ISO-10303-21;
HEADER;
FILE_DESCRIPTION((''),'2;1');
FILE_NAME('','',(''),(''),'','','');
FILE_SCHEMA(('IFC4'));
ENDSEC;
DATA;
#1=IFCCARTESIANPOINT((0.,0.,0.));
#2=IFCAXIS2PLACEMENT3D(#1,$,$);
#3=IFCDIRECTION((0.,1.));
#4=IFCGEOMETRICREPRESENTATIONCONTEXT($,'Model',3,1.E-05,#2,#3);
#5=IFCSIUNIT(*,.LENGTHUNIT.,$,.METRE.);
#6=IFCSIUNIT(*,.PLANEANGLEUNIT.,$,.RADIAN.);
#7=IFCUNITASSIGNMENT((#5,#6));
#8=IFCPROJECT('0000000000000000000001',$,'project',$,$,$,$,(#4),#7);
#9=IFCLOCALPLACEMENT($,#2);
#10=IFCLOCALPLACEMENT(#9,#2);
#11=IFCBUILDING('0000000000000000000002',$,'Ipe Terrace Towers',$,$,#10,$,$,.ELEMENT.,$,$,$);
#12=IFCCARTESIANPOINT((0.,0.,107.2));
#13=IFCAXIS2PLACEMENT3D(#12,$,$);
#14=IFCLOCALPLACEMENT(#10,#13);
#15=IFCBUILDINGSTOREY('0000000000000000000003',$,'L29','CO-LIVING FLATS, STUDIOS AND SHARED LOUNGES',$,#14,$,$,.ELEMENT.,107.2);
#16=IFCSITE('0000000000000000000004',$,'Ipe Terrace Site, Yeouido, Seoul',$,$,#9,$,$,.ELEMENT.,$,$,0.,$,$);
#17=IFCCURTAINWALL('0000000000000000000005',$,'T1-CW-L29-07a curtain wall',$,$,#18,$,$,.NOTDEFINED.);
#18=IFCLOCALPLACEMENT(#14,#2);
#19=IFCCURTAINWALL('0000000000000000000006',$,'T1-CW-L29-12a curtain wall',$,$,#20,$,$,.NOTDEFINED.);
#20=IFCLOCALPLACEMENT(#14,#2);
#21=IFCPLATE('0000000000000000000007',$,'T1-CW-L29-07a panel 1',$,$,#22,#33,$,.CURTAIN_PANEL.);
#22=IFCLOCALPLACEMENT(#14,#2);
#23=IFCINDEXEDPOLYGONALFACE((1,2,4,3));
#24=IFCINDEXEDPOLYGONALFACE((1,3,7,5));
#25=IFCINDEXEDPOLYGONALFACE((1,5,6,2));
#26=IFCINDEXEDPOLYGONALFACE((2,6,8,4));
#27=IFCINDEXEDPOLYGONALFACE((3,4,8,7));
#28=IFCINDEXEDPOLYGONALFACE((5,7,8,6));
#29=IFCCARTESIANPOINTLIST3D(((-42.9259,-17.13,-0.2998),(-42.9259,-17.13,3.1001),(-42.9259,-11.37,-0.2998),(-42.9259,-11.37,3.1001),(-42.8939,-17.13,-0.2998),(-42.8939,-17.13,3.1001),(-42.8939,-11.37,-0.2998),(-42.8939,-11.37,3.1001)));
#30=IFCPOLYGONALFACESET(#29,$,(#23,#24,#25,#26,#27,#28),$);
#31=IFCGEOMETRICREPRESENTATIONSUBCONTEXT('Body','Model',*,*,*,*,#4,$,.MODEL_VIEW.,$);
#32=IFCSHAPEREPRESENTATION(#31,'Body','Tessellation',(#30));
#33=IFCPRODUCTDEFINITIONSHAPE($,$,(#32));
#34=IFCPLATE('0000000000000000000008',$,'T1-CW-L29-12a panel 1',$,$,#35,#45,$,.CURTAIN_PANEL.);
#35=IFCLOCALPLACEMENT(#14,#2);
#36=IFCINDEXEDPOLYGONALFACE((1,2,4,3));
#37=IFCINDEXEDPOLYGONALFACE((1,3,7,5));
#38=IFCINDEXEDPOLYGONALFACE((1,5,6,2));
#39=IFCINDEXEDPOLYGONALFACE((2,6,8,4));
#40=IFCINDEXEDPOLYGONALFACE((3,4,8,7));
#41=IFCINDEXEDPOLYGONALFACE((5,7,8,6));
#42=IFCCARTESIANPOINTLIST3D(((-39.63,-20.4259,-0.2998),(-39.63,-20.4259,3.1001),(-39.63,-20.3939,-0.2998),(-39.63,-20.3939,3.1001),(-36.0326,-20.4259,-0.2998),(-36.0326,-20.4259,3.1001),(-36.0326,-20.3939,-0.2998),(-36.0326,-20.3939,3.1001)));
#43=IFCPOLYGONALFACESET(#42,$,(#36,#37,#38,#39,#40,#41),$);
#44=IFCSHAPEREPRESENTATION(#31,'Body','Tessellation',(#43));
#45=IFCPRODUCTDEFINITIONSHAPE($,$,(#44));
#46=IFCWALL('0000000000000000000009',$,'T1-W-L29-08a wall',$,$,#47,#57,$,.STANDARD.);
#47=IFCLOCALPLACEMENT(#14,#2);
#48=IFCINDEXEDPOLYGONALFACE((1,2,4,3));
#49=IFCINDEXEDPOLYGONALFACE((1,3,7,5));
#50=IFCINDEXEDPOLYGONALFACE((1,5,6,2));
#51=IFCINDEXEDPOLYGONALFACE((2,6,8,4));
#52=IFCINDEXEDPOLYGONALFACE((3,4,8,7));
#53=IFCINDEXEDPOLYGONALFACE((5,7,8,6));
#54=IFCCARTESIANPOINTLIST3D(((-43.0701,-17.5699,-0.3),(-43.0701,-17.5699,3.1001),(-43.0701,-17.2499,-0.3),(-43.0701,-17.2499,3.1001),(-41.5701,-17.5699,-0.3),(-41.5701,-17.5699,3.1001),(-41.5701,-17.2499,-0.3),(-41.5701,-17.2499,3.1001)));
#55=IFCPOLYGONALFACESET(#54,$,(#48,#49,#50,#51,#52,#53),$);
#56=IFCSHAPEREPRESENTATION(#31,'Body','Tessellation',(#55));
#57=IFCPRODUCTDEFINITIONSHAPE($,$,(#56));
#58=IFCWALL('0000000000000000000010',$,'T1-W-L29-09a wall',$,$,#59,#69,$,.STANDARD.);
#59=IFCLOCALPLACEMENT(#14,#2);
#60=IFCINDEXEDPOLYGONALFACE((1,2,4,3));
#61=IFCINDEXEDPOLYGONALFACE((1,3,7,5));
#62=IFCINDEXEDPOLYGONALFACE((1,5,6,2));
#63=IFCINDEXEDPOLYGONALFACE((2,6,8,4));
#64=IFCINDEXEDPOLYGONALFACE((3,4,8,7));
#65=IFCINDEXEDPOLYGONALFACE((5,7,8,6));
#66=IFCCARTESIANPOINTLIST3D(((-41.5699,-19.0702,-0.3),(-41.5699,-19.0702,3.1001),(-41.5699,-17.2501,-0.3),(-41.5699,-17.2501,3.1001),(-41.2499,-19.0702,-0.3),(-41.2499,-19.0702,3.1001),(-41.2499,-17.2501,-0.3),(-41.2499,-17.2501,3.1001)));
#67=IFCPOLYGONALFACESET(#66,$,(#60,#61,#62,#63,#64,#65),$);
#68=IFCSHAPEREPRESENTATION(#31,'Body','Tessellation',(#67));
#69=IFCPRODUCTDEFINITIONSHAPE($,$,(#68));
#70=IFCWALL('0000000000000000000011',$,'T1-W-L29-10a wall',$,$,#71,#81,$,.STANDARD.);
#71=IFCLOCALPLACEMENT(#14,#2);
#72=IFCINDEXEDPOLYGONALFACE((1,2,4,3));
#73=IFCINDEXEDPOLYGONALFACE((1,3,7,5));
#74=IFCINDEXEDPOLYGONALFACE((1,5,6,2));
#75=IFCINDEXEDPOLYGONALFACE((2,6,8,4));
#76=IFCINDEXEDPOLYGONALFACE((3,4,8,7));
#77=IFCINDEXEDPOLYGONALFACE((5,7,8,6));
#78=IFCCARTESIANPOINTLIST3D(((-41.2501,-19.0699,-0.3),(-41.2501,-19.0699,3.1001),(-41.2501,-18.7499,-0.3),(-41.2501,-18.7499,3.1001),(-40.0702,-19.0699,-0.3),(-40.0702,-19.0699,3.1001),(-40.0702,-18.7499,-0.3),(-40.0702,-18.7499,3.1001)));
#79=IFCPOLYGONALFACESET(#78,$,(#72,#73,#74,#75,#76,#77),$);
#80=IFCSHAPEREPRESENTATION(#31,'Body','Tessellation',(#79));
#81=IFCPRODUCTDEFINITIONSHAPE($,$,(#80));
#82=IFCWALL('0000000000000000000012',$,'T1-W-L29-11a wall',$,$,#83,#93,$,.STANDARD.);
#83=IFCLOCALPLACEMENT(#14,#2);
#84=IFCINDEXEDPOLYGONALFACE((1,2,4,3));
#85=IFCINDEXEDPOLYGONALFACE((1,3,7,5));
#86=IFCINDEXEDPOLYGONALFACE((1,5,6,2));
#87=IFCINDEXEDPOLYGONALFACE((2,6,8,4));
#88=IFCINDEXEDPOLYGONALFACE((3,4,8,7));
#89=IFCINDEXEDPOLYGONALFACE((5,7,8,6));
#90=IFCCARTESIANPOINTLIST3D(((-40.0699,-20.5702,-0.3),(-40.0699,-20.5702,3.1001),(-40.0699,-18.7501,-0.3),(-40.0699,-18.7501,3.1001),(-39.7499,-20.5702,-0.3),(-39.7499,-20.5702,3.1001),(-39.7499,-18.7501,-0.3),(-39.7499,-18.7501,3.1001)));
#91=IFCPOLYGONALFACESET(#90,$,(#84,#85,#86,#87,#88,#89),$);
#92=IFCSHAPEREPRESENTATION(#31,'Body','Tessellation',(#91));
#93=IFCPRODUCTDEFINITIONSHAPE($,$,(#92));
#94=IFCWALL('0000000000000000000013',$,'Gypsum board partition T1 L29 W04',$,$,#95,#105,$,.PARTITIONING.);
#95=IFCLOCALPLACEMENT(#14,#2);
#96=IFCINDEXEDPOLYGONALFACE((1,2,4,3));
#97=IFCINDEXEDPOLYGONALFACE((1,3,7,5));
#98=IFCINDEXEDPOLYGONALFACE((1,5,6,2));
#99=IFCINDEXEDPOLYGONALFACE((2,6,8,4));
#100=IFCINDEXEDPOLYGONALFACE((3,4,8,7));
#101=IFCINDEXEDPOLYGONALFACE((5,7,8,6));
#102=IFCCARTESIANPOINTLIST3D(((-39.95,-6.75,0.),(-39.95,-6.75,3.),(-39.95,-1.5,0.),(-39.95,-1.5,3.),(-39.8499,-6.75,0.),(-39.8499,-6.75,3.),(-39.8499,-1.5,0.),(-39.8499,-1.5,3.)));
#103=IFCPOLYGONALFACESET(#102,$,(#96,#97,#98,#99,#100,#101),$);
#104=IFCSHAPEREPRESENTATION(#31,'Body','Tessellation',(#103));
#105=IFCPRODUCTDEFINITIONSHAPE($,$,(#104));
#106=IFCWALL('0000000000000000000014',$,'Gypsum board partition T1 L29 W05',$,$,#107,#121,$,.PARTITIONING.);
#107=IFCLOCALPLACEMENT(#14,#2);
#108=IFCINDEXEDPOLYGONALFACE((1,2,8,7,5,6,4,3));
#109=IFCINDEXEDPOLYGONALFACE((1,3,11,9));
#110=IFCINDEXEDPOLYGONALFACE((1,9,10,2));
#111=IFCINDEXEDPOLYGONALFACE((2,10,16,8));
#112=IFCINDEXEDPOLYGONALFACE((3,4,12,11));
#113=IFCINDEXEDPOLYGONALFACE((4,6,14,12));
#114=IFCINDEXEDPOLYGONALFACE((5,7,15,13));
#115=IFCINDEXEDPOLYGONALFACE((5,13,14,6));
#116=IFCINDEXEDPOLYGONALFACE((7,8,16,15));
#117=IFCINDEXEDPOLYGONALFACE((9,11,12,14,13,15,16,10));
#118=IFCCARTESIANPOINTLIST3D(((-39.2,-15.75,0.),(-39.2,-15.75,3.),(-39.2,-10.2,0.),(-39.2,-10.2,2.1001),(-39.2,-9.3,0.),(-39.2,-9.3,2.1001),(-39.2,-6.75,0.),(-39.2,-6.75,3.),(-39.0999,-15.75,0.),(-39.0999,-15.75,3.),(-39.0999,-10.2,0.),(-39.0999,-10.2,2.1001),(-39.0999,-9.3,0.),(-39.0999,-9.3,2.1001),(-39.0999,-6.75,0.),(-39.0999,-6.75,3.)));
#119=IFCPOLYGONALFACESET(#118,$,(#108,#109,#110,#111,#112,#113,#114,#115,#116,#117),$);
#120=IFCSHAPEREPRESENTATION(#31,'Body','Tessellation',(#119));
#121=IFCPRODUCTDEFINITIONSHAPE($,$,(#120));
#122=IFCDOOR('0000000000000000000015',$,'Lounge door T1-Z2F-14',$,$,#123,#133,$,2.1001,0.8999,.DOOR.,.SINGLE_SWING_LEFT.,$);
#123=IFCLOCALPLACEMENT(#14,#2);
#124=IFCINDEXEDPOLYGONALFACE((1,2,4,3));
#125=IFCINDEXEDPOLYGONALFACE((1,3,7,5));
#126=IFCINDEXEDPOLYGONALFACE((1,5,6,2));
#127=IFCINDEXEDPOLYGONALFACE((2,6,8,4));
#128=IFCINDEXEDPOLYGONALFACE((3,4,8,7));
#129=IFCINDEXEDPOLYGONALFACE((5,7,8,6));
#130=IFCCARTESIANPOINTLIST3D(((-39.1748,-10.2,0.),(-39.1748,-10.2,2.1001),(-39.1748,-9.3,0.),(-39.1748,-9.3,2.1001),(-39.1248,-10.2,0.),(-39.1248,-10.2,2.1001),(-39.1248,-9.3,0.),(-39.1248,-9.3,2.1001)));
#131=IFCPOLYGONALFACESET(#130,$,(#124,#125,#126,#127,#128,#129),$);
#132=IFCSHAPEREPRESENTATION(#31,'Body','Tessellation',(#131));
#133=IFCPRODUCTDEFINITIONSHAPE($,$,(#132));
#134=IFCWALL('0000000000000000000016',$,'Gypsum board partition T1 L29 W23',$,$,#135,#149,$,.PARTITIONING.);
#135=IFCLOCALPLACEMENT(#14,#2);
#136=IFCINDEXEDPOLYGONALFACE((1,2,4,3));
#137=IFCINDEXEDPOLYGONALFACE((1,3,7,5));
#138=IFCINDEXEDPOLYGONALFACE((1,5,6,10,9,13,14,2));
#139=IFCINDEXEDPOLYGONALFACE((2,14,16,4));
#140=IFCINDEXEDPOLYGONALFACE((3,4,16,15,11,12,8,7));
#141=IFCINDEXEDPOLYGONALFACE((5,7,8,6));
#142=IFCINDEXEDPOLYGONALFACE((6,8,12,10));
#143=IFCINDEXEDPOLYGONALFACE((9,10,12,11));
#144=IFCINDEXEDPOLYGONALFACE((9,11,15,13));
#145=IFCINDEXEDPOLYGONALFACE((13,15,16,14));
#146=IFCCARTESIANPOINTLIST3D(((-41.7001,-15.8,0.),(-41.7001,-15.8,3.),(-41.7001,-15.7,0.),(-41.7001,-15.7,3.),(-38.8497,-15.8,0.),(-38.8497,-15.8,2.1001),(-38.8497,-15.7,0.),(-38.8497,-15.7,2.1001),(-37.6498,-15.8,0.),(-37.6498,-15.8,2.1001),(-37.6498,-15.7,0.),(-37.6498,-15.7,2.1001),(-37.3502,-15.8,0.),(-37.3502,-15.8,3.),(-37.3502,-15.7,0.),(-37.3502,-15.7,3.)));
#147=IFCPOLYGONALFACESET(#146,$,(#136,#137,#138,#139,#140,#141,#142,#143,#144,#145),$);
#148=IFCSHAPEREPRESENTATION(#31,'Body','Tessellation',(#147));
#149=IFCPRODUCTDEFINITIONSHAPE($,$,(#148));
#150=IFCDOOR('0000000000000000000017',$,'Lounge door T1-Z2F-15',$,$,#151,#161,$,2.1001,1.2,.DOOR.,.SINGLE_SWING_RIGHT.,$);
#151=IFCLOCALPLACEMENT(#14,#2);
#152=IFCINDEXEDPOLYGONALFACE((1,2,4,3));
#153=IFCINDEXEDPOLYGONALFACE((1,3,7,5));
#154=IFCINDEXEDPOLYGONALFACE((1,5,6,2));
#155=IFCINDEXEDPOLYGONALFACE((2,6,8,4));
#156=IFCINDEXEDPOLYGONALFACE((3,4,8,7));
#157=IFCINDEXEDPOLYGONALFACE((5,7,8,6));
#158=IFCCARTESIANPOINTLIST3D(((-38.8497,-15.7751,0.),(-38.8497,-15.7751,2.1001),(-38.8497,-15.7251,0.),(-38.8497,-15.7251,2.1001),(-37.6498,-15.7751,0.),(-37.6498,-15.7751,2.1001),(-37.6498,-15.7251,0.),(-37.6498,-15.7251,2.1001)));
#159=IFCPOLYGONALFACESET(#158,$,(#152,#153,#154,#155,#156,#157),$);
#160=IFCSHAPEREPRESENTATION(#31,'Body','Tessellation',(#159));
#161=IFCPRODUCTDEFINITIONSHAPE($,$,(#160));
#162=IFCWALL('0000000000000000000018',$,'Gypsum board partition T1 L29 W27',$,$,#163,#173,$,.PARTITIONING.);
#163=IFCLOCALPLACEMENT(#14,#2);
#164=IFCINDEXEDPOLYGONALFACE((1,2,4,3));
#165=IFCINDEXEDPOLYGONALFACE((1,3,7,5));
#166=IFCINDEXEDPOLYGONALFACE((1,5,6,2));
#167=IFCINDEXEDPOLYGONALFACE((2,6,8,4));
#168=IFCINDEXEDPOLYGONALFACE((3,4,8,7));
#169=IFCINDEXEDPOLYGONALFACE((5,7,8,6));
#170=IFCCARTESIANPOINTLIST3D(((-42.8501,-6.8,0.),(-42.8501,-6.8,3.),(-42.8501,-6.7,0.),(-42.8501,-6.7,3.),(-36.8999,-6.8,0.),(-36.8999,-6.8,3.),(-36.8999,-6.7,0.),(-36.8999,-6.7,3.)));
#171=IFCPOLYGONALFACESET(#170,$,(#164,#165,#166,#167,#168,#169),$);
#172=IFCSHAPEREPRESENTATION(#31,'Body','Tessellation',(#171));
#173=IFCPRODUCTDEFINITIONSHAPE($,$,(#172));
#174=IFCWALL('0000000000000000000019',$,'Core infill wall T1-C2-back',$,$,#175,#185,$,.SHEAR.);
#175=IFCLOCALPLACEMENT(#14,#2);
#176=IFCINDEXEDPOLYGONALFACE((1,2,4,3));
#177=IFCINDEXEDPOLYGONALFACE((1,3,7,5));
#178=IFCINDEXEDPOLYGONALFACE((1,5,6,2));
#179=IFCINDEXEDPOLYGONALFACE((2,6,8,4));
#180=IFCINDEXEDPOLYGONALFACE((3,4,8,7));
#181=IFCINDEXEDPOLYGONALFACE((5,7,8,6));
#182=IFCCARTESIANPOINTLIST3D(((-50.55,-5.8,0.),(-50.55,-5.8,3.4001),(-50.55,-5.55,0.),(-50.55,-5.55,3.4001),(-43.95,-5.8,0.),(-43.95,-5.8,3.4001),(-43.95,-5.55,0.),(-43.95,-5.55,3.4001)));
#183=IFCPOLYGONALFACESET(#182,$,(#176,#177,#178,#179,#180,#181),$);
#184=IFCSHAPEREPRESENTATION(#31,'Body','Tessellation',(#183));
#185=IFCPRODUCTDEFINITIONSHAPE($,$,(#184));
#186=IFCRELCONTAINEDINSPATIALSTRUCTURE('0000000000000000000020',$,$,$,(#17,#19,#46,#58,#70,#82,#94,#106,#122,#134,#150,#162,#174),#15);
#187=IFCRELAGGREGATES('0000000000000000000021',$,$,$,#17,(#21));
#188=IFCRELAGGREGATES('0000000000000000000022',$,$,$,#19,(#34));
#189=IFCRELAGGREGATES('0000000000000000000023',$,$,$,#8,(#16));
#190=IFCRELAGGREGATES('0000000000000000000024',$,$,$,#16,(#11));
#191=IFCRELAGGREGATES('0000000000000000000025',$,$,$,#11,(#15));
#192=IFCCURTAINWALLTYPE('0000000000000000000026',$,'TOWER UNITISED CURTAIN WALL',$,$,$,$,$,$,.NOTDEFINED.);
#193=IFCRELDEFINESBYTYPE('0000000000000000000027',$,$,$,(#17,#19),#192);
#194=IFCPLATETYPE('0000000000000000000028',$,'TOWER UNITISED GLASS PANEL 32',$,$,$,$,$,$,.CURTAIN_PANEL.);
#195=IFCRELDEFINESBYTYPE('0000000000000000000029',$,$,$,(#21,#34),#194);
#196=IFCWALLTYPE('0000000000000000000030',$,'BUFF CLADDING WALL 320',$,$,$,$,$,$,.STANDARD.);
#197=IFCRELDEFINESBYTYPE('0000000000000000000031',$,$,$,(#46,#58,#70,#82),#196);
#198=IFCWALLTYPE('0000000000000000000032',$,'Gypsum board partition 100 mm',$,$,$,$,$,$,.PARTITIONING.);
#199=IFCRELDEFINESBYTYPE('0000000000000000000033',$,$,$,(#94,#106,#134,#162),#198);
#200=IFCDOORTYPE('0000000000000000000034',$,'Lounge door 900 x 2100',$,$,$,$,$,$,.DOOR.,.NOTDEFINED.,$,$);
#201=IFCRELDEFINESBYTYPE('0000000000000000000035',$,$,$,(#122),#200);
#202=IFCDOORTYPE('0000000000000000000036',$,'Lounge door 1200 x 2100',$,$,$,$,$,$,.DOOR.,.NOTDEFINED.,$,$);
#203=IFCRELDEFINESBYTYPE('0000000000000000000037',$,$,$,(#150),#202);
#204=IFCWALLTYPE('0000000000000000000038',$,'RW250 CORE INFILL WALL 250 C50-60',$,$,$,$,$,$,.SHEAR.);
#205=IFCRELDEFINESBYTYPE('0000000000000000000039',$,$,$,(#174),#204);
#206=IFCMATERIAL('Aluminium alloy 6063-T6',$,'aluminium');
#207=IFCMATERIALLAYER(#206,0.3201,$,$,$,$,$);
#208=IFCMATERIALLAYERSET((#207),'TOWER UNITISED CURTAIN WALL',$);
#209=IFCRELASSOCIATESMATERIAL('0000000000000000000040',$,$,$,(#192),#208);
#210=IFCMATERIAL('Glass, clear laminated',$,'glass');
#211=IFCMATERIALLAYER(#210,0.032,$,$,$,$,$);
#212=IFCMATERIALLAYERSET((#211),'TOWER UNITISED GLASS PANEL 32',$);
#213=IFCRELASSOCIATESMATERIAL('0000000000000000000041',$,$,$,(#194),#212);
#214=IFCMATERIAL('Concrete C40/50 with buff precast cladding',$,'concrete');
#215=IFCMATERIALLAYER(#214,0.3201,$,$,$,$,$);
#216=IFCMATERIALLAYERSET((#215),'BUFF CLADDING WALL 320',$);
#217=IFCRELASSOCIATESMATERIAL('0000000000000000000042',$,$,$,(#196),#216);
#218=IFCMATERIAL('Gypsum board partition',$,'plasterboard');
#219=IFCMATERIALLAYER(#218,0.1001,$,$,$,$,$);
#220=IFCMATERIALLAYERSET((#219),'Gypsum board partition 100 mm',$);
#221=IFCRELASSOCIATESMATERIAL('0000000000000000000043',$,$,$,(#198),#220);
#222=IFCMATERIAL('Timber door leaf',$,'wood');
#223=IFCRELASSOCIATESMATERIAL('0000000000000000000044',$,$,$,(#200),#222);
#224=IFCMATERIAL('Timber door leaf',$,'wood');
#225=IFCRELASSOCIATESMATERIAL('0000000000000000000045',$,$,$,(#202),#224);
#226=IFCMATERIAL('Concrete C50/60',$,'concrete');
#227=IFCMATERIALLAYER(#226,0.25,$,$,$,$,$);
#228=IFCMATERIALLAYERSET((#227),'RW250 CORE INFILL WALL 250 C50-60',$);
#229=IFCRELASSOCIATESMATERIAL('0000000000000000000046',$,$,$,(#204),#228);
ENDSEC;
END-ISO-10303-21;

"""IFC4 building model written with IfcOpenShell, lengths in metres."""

from ifc_helpers import new_model, si_unit, direction, frame, frame_2d, origin, origin_2d, place, context, subcontext, project, spatial, rectangle, extrude, material, layer, layer_set, type_object, element, fill, aggregate, save


model = new_model("IFC4")

# Units and contexts
model_context = context("Model", 3, precision=1e-05, world=origin(), true_north=direction((0.0, 1.0)))
body_context = subcontext(model_context, "Body", "Model", "MODEL_VIEW")
ifc_project = project(units=[si_unit("LENGTHUNIT", "METRE"), si_unit("PLANEANGLEUNIT", "RADIAN")], contexts=[model_context])

# Site, building, storey
site_placement = place(None, origin())
site = spatial("IfcSite", under=ifc_project, at=site_placement, Name="Ipe Terrace Site, Yeouido, Seoul", CompositionType="ELEMENT", RefElevation=0.0)
building_placement = place(site_placement, origin())
building = spatial("IfcBuilding", under=site, at=building_placement, Name="Ipe Terrace Towers", CompositionType="ELEMENT")
storey_placement = place(building_placement, frame((0.0, 0.0, 107.2)))
storey = spatial("IfcBuildingStorey", under=building, at=storey_placement, Name="L29", Description="CO-LIVING FLATS, STUDIOS AND SHARED LOUNGES", CompositionType="ELEMENT", Elevation=107.2)

# Curtain wall
ifc_material_1 = material(Name="Aluminium alloy 6063-T6", Category="aluminium")
ifc_layer_1 = layer(ifc_material_1, 0.3201)
ifc_layer_set_1 = layer_set([ifc_layer_1], Name="TOWER UNITISED CURTAIN WALL")
curtain_wall_type = type_object("IfcCurtainWallType", Name="TOWER UNITISED CURTAIN WALL", PredefinedType="NOTDEFINED", material=ifc_layer_set_1)
curtain_wall_1_placement = place(storey_placement, origin())
curtain_wall_1 = element("IfcCurtainWall", 1, at=curtain_wall_1_placement, inside=storey, type_object=curtain_wall_type, Name="T1-CW-L29-07a curtain wall", PredefinedType="NOTDEFINED")

# Curtain wall
curtain_wall_2_placement = place(storey_placement, origin())
curtain_wall_2 = element("IfcCurtainWall", 2, at=curtain_wall_2_placement, inside=storey, type_object=curtain_wall_type, Name="T1-CW-L29-12a curtain wall", PredefinedType="NOTDEFINED")

# Plates
ifc_material_2 = material(Name="Glass, clear laminated", Category="glass")
ifc_layer_2 = layer(ifc_material_2, 0.032)
ifc_layer_set_2 = layer_set([ifc_layer_2], Name="TOWER UNITISED GLASS PANEL 32")
plate_type = type_object("IfcPlateType", Name="TOWER UNITISED GLASS PANEL 32", PredefinedType="CURTAIN_PANEL", material=ifc_layer_set_2)
plate_1_placement = place(storey_placement, frame((-42.9099, -14.25, -0.2998), z_axis=(0.0, 0.0, 1.0), x_axis=(0.0, -1.0, 0.0)))
plate_1 = element("IfcPlate", 3, at=plate_1_placement, type_object=plate_type, Name="T1-CW-L29-07a panel 1", PredefinedType="CURTAIN_PANEL", context=body_context, shape_type="SweptSolid", body=[
    extrude(rectangle(XDim=5.76, YDim=0.032, at=origin_2d()), origin(), (0.0, 0.0, 1.0), 3.3999),
])
aggregate(curtain_wall_1, [plate_1])
plate_2_placement = place(storey_placement, frame((-37.8313, -20.4099, -0.2998), z_axis=(0.0, 0.0, 1.0), x_axis=(1.0, 0.0, 0.0)))
plate_2 = element("IfcPlate", 4, at=plate_2_placement, type_object=plate_type, Name="T1-CW-L29-12a panel 1", PredefinedType="CURTAIN_PANEL", context=body_context, shape_type="SweptSolid", body=[
    extrude(rectangle(XDim=3.5974, YDim=0.032, at=origin_2d()), origin(), (0.0, 0.0, 1.0), 3.3999),
])
aggregate(curtain_wall_2, [plate_2])

# Walls
ifc_material_3 = material(Name="Concrete C40/50 with buff precast cladding", Category="concrete")
ifc_layer_3 = layer(ifc_material_3, 0.3201)
ifc_layer_set_3 = layer_set([ifc_layer_3], Name="BUFF CLADDING WALL 320")
wall_type_1 = type_object("IfcWallType", Name="BUFF CLADDING WALL 320", PredefinedType="STANDARD", material=ifc_layer_set_3)
wall_1_placement = place(storey_placement, frame((-43.0701, -17.4099, -0.3), z_axis=(0.0, 0.0, 1.0), x_axis=(1.0, 0.0, 0.0)))
element("IfcWall", 5, at=wall_1_placement, inside=storey, type_object=wall_type_1, Name="T1-W-L29-08a wall", PredefinedType="STANDARD", context=body_context, shape_type="SweptSolid", body=[
    extrude(rectangle(XDim=1.5, YDim=0.3201, at=frame_2d((0.75, 0.0))), origin(), (0.0, 0.0, 1.0), 3.4001),
])
wall_2_placement = place(storey_placement, frame((-41.4099, -17.25, -0.3), z_axis=(0.0, 0.0, 1.0), x_axis=(0.0, -1.0, 0.0)))
element("IfcWall", 6, at=wall_2_placement, inside=storey, type_object=wall_type_1, Name="T1-W-L29-09a wall", PredefinedType="STANDARD", context=body_context, shape_type="SweptSolid", body=[
    extrude(rectangle(XDim=1.8201, YDim=0.3201, at=frame_2d((0.9102, 0.0))), origin(), (0.0, 0.0, 1.0), 3.4001),
])
wall_3_placement = place(storey_placement, frame((-41.25, -18.9099, -0.3), z_axis=(0.0, 0.0, 1.0), x_axis=(1.0, 0.0, 0.0)))
element("IfcWall", 7, at=wall_3_placement, inside=storey, type_object=wall_type_1, Name="T1-W-L29-10a wall", PredefinedType="STANDARD", context=body_context, shape_type="SweptSolid", body=[
    extrude(rectangle(XDim=1.1799, YDim=0.3201, at=frame_2d((0.5898, 0.0))), origin(), (0.0, 0.0, 1.0), 3.4001),
])
wall_4_placement = place(storey_placement, frame((-39.9099, -18.75, -0.3), z_axis=(0.0, 0.0, 1.0), x_axis=(0.0, -1.0, 0.0)))
element("IfcWall", 8, at=wall_4_placement, inside=storey, type_object=wall_type_1, Name="T1-W-L29-11a wall", PredefinedType="STANDARD", context=body_context, shape_type="SweptSolid", body=[
    extrude(rectangle(XDim=1.8201, YDim=0.3201, at=frame_2d((0.9102, 0.0))), origin(), (0.0, 0.0, 1.0), 3.4001),
])
ifc_material_4 = material(Name="Gypsum board partition", Category="plasterboard")
ifc_layer_4 = layer(ifc_material_4, 0.1001)
ifc_layer_set_4 = layer_set([ifc_layer_4], Name="Gypsum board partition 100 mm")
wall_type_2 = type_object("IfcWallType", Name="Gypsum board partition 100 mm", PredefinedType="PARTITIONING", material=ifc_layer_set_4)
wall_5_placement = place(storey_placement, frame((-39.8999, -6.75, 0.0), z_axis=(0.0, 0.0, 1.0), x_axis=(0.0, 1.0, 0.0)))
element("IfcWall", 9, at=wall_5_placement, inside=storey, type_object=wall_type_2, Name="Gypsum board partition T1 L29 W04", PredefinedType="PARTITIONING", context=body_context, shape_type="SweptSolid", body=[
    extrude(rectangle(XDim=5.25, YDim=0.1001, at=frame_2d((2.625, 0.0))), origin(), (0.0, 0.0, 1.0), 3.0),
])

# Walls, openings, doors
wall_6_placement = place(storey_placement, frame((-39.1499, -15.75, 0.0), z_axis=(0.0, 0.0, 1.0), x_axis=(0.0, 1.0, 0.0)))
wall_6 = element("IfcWall", 10, at=wall_6_placement, inside=storey, type_object=wall_type_2, Name="Gypsum board partition T1 L29 W05", PredefinedType="PARTITIONING", context=body_context, shape_type="SweptSolid", body=[
    extrude(rectangle(XDim=9.0, YDim=0.1001, at=frame_2d((4.5, 0.0))), origin(), (0.0, 0.0, 1.0), 3.0),
])
opening_1_placement = place(wall_6_placement, frame((5.55, 0.0, 0.0)))
opening_1 = element("IfcOpeningElement", 11, at=opening_1_placement, cuts=wall_6, PredefinedType="OPENING", context=body_context, shape_type="SweptSolid", body=[
    extrude(rectangle(XDim=0.8999, YDim=2.1001, at=frame_2d((0.45, 1.05))), frame((0.0, 0.0601, 0.0), z_axis=(0.0, -1.0, 0.0), x_axis=(1.0, 0.0, 0.0)), (0.0, 0.0, 1.0), 0.1201),
])
ifc_material_5 = material(Name="Timber door leaf", Category="wood")
door_type_1 = type_object("IfcDoorType", Name="Lounge door 900 x 2100", OperationType="NOTDEFINED", PredefinedType="DOOR", material=ifc_material_5)
door_1_placement = place(opening_1_placement, origin())
door_1 = element("IfcDoor", 12, at=door_1_placement, inside=storey, type_object=door_type_1, Name="Lounge door T1-Z2F-14", OperationType="SINGLE_SWING_LEFT", OverallHeight=2.1001, OverallWidth=0.8999, PredefinedType="DOOR", context=body_context, shape_type="SweptSolid", body=[
    extrude(rectangle(XDim=0.8999, YDim=2.1001, at=frame_2d((0.45, 1.05))), frame((0.0, 0.0249, 0.0), z_axis=(0.0, -1.0, 0.0), x_axis=(1.0, 0.0, 0.0)), (0.0, 0.0, 1.0), 0.05),
])
fill(opening_1, door_1)
wall_7_placement = place(storey_placement, frame((-41.7, -15.75, 0.0), z_axis=(0.0, 0.0, 1.0), x_axis=(1.0, 0.0, 0.0)))
wall_7 = element("IfcWall", 13, at=wall_7_placement, inside=storey, type_object=wall_type_2, Name="Gypsum board partition T1 L29 W23", PredefinedType="PARTITIONING", context=body_context, shape_type="SweptSolid", body=[
    extrude(rectangle(XDim=4.3499, YDim=0.1001, at=frame_2d((2.1748, 0.0))), origin(), (0.0, 0.0, 1.0), 3.0),
])
opening_2_placement = place(wall_7_placement, frame((2.8501, 0.0, 0.0)))
opening_2 = element("IfcOpeningElement", 14, at=opening_2_placement, cuts=wall_7, PredefinedType="OPENING", context=body_context, shape_type="SweptSolid", body=[
    extrude(rectangle(XDim=1.2, YDim=2.1001, at=frame_2d((0.6001, 1.05))), frame((0.0, 0.0601, 0.0), z_axis=(0.0, -1.0, 0.0), x_axis=(1.0, 0.0, 0.0)), (0.0, 0.0, 1.0), 0.1201),
])
ifc_material_6 = material(Name="Timber door leaf", Category="wood")
door_type_2 = type_object("IfcDoorType", Name="Lounge door 1200 x 2100", OperationType="NOTDEFINED", PredefinedType="DOOR", material=ifc_material_6)
door_2_placement = place(opening_2_placement, origin())
door_2 = element("IfcDoor", 15, at=door_2_placement, inside=storey, type_object=door_type_2, Name="Lounge door T1-Z2F-15", OperationType="SINGLE_SWING_RIGHT", OverallHeight=2.1001, OverallWidth=1.2, PredefinedType="DOOR", context=body_context, shape_type="SweptSolid", body=[
    extrude(rectangle(XDim=1.2, YDim=2.1001, at=frame_2d((0.6001, 1.05))), frame((0.0, 0.0249, 0.0), z_axis=(0.0, -1.0, 0.0), x_axis=(1.0, 0.0, 0.0)), (0.0, 0.0, 1.0), 0.05),
])
fill(opening_2, door_2)

# Walls
wall_8_placement = place(storey_placement, frame((-42.8501, -6.75, 0.0), z_axis=(0.0, 0.0, 1.0), x_axis=(1.0, 0.0, 0.0)))
element("IfcWall", 16, at=wall_8_placement, inside=storey, type_object=wall_type_2, Name="Gypsum board partition T1 L29 W27", PredefinedType="PARTITIONING", context=body_context, shape_type="SweptSolid", body=[
    extrude(rectangle(XDim=5.9502, YDim=0.1001, at=frame_2d((2.9751, 0.0))), origin(), (0.0, 0.0, 1.0), 3.0),
])
ifc_material_7 = material(Name="Concrete C50/60", Category="concrete")
ifc_layer_5 = layer(ifc_material_7, 0.25)
ifc_layer_set_5 = layer_set([ifc_layer_5], Name="RW250 CORE INFILL WALL 250 C50-60")
wall_type_3 = type_object("IfcWallType", Name="RW250 CORE INFILL WALL 250 C50-60", PredefinedType="SHEAR", material=ifc_layer_set_5)
wall_9_placement = place(storey_placement, frame((-43.95, -5.675, 0.0), z_axis=(0.0, 0.0, 1.0), x_axis=(-1.0, 0.0, 0.0)))
element("IfcWall", 17, at=wall_9_placement, inside=storey, type_object=wall_type_3, Name="Core infill wall T1-C2-back", PredefinedType="SHEAR", context=body_context, shape_type="SweptSolid", body=[
    extrude(rectangle(XDim=6.6001, YDim=0.25, at=frame_2d((3.3, 0.0))), origin(), (0.0, 0.0, 1.0), 3.4001),
])

save(model, "model.ifc")
